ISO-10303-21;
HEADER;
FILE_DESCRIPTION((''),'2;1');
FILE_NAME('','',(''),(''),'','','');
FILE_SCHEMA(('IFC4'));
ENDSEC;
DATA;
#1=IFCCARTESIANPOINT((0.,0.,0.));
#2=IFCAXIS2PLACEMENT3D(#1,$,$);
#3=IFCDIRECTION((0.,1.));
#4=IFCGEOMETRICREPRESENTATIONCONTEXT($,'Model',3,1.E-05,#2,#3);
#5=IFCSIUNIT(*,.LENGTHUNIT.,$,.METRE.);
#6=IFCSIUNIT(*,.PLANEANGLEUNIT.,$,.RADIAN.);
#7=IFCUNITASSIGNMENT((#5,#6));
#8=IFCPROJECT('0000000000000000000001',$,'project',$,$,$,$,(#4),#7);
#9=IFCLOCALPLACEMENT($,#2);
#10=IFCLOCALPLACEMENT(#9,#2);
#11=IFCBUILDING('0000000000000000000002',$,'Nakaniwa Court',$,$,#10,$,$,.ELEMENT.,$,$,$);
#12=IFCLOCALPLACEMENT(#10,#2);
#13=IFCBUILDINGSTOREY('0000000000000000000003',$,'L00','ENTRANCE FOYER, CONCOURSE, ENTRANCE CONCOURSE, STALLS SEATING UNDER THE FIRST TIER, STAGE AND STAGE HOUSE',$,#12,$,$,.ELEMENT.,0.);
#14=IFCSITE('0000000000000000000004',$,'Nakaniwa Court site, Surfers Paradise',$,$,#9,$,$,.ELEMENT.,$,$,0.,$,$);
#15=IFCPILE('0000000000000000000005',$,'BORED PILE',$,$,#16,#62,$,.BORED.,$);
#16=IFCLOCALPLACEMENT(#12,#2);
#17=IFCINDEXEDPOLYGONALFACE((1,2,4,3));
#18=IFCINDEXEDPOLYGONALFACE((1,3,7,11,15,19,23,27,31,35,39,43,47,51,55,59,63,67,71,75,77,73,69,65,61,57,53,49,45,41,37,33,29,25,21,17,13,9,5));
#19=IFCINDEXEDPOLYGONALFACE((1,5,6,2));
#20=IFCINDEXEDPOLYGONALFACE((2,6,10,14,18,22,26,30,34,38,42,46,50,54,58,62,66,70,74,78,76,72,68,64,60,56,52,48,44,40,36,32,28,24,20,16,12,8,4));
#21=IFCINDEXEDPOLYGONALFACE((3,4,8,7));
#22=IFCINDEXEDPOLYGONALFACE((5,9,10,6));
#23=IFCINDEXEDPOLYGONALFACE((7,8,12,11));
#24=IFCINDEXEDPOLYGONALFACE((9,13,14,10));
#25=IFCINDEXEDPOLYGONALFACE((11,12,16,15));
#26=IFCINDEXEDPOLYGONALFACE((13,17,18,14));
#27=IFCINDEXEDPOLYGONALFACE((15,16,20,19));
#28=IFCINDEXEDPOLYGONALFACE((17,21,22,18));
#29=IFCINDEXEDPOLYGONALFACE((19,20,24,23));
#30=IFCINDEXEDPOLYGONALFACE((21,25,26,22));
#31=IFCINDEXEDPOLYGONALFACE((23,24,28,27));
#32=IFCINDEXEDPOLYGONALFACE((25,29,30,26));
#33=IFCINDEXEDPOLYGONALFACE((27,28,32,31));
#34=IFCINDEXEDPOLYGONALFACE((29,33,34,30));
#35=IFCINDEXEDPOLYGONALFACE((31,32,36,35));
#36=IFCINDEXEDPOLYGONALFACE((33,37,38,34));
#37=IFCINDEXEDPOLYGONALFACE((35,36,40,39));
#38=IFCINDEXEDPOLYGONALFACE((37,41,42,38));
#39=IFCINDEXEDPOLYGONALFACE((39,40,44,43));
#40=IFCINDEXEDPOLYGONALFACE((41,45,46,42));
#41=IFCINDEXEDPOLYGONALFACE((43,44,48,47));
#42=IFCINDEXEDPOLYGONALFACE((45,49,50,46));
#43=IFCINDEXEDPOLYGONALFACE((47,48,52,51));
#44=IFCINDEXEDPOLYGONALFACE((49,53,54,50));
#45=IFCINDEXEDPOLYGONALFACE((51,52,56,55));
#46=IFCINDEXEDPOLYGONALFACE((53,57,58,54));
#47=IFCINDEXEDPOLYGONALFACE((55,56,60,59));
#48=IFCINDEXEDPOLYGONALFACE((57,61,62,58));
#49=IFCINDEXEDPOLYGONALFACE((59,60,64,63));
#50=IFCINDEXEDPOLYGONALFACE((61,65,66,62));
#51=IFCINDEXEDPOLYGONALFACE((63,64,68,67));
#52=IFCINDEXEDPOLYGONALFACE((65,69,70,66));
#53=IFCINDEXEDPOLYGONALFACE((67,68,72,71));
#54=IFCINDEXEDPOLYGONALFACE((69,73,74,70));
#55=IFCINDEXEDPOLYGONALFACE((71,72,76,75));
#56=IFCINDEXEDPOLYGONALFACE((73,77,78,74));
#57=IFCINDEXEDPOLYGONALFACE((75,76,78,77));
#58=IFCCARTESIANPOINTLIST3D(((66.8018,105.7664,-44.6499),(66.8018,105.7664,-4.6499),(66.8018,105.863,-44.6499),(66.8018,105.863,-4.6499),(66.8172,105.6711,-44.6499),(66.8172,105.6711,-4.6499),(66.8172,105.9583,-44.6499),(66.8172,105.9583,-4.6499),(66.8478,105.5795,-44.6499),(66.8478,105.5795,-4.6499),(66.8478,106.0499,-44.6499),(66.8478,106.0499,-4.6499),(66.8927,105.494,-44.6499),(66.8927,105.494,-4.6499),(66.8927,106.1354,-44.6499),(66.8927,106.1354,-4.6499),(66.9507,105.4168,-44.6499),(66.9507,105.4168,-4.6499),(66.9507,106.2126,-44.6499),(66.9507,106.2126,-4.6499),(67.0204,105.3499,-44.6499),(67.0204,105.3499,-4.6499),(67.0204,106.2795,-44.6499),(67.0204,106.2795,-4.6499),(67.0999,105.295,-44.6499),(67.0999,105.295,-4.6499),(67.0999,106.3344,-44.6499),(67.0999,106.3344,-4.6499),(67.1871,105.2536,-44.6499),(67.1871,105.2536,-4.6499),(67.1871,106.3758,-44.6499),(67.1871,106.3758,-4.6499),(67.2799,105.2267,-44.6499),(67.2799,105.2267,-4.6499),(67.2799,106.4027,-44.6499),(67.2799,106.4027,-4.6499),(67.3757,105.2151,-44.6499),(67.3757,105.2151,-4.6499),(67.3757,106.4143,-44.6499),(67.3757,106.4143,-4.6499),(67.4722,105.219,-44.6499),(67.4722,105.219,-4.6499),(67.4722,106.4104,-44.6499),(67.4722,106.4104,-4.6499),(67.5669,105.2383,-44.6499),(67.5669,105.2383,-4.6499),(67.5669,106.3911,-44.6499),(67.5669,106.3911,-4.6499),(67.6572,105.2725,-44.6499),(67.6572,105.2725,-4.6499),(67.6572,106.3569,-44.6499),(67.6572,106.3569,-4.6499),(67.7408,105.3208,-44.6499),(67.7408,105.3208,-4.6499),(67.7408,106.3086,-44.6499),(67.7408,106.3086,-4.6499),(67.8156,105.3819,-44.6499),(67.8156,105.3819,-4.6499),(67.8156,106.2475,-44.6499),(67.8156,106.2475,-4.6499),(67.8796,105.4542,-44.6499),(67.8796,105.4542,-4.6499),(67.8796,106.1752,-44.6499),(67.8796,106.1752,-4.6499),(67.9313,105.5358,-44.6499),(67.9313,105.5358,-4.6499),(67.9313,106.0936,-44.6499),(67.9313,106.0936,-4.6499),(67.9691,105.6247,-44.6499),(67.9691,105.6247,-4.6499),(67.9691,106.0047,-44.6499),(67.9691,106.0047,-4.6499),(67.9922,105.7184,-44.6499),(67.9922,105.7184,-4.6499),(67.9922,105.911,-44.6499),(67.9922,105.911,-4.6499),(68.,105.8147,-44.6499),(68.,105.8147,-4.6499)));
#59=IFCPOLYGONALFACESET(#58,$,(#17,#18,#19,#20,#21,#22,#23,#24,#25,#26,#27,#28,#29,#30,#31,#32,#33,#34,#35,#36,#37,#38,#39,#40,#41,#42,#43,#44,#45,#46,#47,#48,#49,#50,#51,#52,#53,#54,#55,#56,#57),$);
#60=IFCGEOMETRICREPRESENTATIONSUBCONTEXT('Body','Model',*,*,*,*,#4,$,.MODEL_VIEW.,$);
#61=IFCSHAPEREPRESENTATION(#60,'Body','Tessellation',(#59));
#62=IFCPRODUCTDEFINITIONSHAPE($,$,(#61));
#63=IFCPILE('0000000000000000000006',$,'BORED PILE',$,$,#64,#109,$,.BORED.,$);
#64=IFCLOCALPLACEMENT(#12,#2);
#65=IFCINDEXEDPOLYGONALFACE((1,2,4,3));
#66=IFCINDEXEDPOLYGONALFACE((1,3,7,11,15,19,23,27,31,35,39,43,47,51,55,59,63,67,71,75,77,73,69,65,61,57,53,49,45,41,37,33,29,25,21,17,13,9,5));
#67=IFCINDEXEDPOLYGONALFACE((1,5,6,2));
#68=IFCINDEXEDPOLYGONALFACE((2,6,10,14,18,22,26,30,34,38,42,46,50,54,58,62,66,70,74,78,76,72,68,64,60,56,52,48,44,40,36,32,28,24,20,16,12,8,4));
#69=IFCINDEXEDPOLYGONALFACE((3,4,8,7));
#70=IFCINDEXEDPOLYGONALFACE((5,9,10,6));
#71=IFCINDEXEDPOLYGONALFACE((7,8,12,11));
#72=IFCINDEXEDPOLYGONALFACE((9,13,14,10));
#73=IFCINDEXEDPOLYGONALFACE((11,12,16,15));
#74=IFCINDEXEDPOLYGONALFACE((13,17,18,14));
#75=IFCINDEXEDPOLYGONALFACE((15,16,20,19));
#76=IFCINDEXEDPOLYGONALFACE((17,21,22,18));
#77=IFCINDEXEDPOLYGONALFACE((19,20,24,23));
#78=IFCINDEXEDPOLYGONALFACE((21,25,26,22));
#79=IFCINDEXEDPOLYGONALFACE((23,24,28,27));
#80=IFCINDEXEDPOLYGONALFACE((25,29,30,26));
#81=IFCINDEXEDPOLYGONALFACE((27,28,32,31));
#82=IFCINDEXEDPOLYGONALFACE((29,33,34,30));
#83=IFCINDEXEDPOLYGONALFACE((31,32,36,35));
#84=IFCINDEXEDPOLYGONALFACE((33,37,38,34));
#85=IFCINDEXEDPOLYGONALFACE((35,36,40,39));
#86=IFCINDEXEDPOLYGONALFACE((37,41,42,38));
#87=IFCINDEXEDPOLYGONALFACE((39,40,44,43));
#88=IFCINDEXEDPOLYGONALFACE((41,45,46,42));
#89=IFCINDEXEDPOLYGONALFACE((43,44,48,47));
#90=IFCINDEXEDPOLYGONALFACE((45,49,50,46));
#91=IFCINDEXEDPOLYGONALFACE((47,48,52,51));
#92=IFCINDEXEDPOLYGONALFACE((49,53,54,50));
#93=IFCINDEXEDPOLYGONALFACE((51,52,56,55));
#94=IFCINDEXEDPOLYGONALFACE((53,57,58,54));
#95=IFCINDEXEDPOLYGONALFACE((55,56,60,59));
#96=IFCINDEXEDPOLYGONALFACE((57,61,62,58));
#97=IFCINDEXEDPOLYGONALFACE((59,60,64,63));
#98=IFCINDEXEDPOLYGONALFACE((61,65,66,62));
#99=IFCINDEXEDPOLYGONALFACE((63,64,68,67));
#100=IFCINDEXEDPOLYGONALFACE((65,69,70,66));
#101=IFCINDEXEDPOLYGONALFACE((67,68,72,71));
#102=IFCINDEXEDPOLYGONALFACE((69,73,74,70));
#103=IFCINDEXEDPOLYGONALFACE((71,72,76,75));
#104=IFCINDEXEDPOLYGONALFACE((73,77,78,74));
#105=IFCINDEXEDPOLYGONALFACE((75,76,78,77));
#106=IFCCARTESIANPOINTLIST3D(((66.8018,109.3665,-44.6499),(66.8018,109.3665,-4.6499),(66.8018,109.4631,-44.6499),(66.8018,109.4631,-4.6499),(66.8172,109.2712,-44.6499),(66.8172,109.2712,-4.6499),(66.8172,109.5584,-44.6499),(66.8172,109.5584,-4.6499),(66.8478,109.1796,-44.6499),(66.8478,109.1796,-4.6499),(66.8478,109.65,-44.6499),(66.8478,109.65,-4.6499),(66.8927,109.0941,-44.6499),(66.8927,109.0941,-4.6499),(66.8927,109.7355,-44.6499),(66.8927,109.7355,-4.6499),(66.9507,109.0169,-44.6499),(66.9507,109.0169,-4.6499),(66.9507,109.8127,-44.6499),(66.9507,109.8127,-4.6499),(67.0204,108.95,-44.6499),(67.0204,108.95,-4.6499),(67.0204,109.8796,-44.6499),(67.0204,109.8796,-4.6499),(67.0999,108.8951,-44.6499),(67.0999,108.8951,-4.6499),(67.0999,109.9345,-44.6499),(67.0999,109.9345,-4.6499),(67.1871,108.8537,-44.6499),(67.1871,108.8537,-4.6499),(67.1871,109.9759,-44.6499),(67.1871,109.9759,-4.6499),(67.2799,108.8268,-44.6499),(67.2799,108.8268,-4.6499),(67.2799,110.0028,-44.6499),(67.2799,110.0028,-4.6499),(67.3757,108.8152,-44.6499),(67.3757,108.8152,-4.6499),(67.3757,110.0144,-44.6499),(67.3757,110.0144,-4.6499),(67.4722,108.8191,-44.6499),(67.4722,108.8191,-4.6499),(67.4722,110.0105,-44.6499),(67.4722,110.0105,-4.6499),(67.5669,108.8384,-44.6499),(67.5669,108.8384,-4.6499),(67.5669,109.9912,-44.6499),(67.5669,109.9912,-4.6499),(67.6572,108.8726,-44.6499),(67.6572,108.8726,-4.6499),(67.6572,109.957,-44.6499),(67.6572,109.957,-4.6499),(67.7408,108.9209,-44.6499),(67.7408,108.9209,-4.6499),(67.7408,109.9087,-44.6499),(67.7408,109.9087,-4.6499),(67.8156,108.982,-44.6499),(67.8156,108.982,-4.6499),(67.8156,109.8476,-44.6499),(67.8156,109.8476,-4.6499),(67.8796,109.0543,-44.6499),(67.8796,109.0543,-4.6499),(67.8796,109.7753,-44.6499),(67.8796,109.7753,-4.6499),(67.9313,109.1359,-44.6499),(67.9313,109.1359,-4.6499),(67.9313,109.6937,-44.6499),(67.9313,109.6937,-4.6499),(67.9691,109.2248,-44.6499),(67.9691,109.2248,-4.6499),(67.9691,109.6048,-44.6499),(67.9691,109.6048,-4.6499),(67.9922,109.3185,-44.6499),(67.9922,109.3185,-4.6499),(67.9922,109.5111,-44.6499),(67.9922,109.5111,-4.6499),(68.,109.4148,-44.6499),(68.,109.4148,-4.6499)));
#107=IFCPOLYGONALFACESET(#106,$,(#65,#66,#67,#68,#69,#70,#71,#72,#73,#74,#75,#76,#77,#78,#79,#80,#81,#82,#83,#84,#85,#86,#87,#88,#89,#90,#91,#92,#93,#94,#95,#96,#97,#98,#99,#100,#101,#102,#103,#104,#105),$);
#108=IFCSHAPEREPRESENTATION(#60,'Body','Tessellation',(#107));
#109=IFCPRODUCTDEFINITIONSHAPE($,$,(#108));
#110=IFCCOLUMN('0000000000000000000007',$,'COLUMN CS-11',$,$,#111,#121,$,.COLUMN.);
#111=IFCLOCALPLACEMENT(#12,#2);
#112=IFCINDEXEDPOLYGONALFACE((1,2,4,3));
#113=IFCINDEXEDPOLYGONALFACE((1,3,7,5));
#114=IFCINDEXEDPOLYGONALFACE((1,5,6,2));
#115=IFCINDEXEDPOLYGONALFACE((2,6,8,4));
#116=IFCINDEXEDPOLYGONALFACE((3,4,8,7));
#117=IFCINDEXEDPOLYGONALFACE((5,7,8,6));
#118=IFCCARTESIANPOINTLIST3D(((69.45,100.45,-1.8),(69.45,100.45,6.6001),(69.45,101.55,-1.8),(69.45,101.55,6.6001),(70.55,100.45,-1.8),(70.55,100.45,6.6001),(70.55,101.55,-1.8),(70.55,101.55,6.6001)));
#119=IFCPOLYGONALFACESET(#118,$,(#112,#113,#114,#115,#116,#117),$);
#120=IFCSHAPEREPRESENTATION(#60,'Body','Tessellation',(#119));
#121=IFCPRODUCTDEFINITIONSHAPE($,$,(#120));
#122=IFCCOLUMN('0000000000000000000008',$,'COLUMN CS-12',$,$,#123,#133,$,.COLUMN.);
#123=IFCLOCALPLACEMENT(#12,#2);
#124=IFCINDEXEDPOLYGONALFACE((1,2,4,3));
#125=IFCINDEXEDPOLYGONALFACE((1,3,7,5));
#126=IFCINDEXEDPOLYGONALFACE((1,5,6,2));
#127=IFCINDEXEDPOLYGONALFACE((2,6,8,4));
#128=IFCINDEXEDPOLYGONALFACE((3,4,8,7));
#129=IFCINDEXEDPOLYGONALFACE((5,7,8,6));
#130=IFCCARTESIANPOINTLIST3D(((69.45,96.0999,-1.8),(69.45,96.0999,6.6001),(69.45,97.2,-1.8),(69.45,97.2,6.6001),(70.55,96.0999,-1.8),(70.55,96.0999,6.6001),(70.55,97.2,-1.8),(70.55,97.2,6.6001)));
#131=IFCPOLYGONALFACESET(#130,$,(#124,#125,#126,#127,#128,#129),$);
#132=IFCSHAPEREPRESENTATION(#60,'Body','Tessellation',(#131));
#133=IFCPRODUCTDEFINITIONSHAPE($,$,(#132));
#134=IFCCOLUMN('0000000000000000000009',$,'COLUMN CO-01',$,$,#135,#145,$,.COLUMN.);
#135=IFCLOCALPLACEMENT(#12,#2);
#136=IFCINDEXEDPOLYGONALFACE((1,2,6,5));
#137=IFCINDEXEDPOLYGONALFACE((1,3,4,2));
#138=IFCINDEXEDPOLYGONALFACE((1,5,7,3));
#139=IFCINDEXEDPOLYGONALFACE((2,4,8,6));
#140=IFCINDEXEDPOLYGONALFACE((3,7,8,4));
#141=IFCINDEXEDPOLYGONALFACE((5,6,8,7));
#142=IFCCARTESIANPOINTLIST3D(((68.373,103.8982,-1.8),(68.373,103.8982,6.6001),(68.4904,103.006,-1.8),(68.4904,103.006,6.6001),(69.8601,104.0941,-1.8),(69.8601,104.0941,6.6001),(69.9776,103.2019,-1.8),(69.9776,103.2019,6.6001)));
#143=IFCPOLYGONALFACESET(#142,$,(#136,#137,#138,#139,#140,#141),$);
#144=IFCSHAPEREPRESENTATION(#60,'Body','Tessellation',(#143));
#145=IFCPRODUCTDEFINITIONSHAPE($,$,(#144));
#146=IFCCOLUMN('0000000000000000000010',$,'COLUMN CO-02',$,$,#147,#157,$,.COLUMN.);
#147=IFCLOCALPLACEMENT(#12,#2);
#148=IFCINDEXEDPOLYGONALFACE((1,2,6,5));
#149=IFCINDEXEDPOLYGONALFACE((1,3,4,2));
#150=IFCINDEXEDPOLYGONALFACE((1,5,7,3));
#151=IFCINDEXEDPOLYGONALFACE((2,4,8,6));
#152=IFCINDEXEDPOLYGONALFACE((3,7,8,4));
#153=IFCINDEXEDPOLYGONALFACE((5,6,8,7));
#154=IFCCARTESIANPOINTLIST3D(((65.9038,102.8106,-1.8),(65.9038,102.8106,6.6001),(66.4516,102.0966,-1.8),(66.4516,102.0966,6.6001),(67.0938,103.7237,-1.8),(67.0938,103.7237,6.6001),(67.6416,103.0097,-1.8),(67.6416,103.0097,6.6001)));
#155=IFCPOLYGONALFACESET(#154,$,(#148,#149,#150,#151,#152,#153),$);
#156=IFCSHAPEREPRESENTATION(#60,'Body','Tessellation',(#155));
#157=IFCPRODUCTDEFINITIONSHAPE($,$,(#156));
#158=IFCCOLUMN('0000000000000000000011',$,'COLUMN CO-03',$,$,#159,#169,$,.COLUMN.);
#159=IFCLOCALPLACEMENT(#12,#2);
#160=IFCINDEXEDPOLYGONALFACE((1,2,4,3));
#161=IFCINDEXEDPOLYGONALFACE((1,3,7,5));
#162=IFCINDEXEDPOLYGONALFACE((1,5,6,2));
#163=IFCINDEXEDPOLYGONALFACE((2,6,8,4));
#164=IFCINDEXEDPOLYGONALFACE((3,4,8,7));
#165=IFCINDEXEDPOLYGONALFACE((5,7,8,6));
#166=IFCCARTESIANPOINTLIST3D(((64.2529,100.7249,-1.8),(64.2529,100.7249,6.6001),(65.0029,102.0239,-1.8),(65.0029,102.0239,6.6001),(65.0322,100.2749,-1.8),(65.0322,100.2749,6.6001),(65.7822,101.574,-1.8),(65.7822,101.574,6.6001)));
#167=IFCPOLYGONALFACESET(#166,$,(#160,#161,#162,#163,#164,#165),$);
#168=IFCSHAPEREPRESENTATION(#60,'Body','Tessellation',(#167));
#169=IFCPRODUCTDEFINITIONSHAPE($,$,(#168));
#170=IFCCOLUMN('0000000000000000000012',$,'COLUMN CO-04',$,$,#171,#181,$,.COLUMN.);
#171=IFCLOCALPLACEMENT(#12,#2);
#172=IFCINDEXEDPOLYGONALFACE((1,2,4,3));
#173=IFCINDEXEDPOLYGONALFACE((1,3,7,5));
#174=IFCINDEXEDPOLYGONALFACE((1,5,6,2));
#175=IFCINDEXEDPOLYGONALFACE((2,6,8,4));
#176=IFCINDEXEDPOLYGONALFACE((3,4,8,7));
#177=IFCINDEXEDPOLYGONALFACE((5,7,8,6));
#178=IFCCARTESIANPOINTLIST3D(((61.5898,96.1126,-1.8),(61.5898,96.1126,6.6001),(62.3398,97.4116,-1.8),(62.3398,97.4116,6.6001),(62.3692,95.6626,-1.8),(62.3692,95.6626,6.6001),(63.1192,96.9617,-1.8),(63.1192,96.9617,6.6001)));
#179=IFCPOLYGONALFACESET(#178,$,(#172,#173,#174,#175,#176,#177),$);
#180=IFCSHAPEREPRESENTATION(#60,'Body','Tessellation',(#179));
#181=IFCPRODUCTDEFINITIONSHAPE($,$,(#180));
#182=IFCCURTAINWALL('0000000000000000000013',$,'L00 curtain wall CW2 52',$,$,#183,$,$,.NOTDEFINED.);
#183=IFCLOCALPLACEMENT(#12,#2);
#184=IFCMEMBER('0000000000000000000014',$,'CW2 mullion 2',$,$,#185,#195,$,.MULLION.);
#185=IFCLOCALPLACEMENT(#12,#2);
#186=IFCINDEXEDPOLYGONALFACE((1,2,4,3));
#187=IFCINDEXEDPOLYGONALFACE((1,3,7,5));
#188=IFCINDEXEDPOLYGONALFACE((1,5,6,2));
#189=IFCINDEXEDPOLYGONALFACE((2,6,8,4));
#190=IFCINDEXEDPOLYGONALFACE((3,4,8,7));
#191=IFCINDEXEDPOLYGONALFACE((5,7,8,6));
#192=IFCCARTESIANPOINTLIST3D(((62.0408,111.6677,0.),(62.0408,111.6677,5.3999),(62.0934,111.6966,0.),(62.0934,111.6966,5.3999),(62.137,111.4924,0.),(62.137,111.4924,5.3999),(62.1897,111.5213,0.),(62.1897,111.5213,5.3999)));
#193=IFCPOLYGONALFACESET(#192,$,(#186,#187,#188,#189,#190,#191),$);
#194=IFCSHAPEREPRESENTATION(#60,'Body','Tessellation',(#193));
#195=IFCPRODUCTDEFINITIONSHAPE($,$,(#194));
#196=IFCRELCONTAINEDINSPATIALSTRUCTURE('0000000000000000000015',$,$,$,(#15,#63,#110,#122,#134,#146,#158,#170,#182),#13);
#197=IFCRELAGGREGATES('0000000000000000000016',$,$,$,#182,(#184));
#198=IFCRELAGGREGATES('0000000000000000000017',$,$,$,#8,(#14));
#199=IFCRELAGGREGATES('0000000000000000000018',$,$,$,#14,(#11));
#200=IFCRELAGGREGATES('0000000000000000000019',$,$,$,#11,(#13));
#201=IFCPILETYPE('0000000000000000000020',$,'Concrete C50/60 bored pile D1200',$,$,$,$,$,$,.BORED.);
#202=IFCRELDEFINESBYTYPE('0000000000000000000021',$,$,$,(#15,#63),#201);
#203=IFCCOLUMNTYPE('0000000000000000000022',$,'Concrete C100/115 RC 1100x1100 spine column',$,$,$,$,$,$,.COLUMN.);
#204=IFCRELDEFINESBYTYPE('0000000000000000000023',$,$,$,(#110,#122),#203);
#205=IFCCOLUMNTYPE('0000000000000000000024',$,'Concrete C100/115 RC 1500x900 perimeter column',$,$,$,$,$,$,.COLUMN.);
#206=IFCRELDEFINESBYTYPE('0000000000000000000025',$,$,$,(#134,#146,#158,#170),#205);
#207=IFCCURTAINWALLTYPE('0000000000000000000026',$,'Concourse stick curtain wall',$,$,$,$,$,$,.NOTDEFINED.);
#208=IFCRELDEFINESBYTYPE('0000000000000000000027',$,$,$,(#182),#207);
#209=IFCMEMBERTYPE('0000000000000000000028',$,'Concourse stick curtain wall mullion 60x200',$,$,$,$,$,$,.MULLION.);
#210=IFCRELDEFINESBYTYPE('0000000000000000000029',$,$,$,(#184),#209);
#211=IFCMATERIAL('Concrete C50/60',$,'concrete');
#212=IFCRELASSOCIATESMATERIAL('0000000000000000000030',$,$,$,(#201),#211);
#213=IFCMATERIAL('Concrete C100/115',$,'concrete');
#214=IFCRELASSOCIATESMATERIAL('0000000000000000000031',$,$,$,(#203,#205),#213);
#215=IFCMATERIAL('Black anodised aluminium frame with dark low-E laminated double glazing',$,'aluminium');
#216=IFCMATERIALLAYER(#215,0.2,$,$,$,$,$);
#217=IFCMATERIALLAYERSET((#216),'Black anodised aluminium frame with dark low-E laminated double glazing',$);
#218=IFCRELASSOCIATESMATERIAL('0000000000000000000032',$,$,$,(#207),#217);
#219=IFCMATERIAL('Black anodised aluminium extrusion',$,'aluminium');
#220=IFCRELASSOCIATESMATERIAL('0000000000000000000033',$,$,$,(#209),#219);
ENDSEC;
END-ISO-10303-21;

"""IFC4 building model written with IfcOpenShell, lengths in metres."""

from ifc_helpers import new_model, si_unit, direction, frame, origin, origin_2d, place, context, subcontext, project, spatial, rectangle, circle, extrude, material, layer, layer_set, material_profile, profile_set, type_object, element, aggregate, save


model = new_model("IFC4")

# Units and contexts
model_context = context("Model", 3, precision=1e-05, world=origin(), true_north=direction((0.0, 1.0)))
body_context = subcontext(model_context, "Body", "Model", "MODEL_VIEW")
ifc_project = project(units=[si_unit("LENGTHUNIT", "METRE"), si_unit("PLANEANGLEUNIT", "RADIAN")], contexts=[model_context])

# Site, building, storey
site_placement = place(None, origin())
site = spatial("IfcSite", under=ifc_project, at=site_placement, Name="Nakaniwa Court site, Surfers Paradise", CompositionType="ELEMENT", RefElevation=0.0)
building_placement = place(site_placement, origin())
building = spatial("IfcBuilding", under=site, at=building_placement, Name="Nakaniwa Court", CompositionType="ELEMENT")
storey_placement = place(building_placement, origin())
storey = spatial("IfcBuildingStorey", under=building, at=storey_placement, Name="L00", Description="ENTRANCE FOYER, CONCOURSE, ENTRANCE CONCOURSE, STALLS SEATING UNDER THE FIRST TIER, STAGE AND STAGE HOUSE", CompositionType="ELEMENT", Elevation=0.0)

# Piles
ifc_material_1 = material(Name="Concrete C50/60", Category="concrete")
ifc_material_profile_1 = material_profile(ifc_material_1, circle(Radius=0.6001, at=origin_2d()), Name="Concrete C50/60 bored pile D1200")
ifc_profile_set_1 = profile_set([ifc_material_profile_1], Name="Concrete C50/60")
pile_type = type_object("IfcPileType", Name="Concrete C50/60 bored pile D1200", PredefinedType="BORED", material=ifc_profile_set_1)
for number, where, z_axis, x_axis, name in (
    (1, (67.3999, 105.8147, -4.6499), (0.0, 0.0, -1.0), (1.0, 0.0, 0.0), "BORED PILE"),
    (2, (67.3999, 109.4148, -4.6499), (0.0, 0.0, -1.0), (1.0, 0.0, 0.0), "BORED PILE"),
):
    element("IfcPile", number, at=place(storey_placement, frame(where, z_axis=z_axis, x_axis=x_axis)), inside=storey, type_object=pile_type, Name=name, PredefinedType="BORED", context=body_context, shape_type="SweptSolid", body=[
        extrude(circle(Radius=0.6001, at=origin_2d()), origin(), (0.0, 0.0, 1.0), 40.0),
    ])

# Columns
ifc_material_2 = material(Name="Concrete C100/115", Category="concrete")
ifc_material_profile_2 = material_profile(ifc_material_2, rectangle(XDim=1.1001, YDim=1.1001, at=origin_2d()), Name="Concrete C100/115 RC 1100x1100 spine column")
ifc_profile_set_2 = profile_set([ifc_material_profile_2], Name="Concrete C100/115")
column_type_1 = type_object("IfcColumnType", Name="Concrete C100/115 RC 1100x1100 spine column", PredefinedType="COLUMN", material=ifc_profile_set_2)
for number, where, z_axis, x_axis, name in (
    (3, (70.0, 101.0, -1.8), (0.0, 0.0, 1.0), (0.0, -1.0, 0.0), "COLUMN CS-11"),
    (4, (70.0, 96.6499, -1.8), (0.0, 0.0, 1.0), (0.0, -1.0, 0.0), "COLUMN CS-12"),
):
    element("IfcColumn", number, at=place(storey_placement, frame(where, z_axis=z_axis, x_axis=x_axis)), inside=storey, type_object=column_type_1, Name=name, PredefinedType="COLUMN", context=body_context, shape_type="SweptSolid", body=[
        extrude(rectangle(XDim=1.1001, YDim=1.1001, at=origin_2d()), origin(), (0.0, 0.0, 1.0), 8.4001),
    ])
ifc_material_profile_3 = material_profile(ifc_material_2, rectangle(XDim=1.5, YDim=0.8999, at=origin_2d()), Name="Concrete C100/115 RC 1500x900 perimeter column")
ifc_profile_set_3 = profile_set([ifc_material_profile_3], Name="Concrete C100/115")
column_type_2 = type_object("IfcColumnType", Name="Concrete C100/115 RC 1500x900 perimeter column", PredefinedType="COLUMN", material=ifc_profile_set_3)
for number, where, z_axis, x_axis, name in (
    (5, (69.1753, 103.55, -1.8), (0.0, 0.0, 1.0), (-0.991443, -0.130543, 0.0), "COLUMN CO-01"),
    (6, (66.7727, 102.9102, -1.8), (0.0, 0.0, 1.0), (-0.793364, -0.608748, 0.0), "COLUMN CO-02"),
    (7, (65.0176, 101.1494, -1.8), (0.0, 0.0, 1.0), (-0.5, -0.866025, 0.0), "COLUMN CO-03"),
    (8, (62.3545, 96.5371, -1.8), (0.0, 0.0, 1.0), (-0.5, -0.866025, 0.0), "COLUMN CO-04"),
):
    element("IfcColumn", number, at=place(storey_placement, frame(where, z_axis=z_axis, x_axis=x_axis)), inside=storey, type_object=column_type_2, Name=name, PredefinedType="COLUMN", context=body_context, shape_type="SweptSolid", body=[
        extrude(rectangle(XDim=1.5, YDim=0.8999, at=origin_2d()), origin(), (0.0, 0.0, 1.0), 8.4001),
    ])

# Curtain wall, member
ifc_material_3 = material(Name="Black anodised aluminium frame with dark low-E laminated double glazing", Category="aluminium")
ifc_layer_1 = layer(ifc_material_3, 0.2)
ifc_layer_set_1 = layer_set([ifc_layer_1], Name="Black anodised aluminium frame with dark low-E laminated double glazing")
curtain_wall_type = type_object("IfcCurtainWallType", Name="Concourse stick curtain wall", PredefinedType="NOTDEFINED", material=ifc_layer_set_1)
curtain_wall_placement = place(storey_placement, origin())
curtain_wall = element("IfcCurtainWall", 9, at=curtain_wall_placement, inside=storey, type_object=curtain_wall_type, Name="L00 curtain wall CW2 52", PredefinedType="NOTDEFINED")
ifc_material_4 = material(Name="Black anodised aluminium extrusion", Category="aluminium")
ifc_material_profile_4 = material_profile(ifc_material_4, rectangle(XDim=0.2, YDim=0.0601, at=origin_2d()), Name="Concourse stick curtain wall mullion 60x200")
ifc_profile_set_4 = profile_set([ifc_material_profile_4], Name="Black anodised aluminium extrusion")
member_type_1 = type_object("IfcMemberType", Name="Concourse stick curtain wall mullion 60x200", PredefinedType="MULLION", material=ifc_profile_set_4)
member_1_placement = place(storey_placement, frame((62.1152, 111.5945, 0.0), z_axis=(0.0, 0.0, 1.0), x_axis=(0.481424, -0.876488, 0.0)))
member_1 = element("IfcMember", 10, at=member_1_placement, type_object=member_type_1, Name="CW2 mullion 2", PredefinedType="MULLION", context=body_context, shape_type="SweptSolid", body=[
    extrude(rectangle(XDim=0.2, YDim=0.0601, at=origin_2d()), origin(), (0.0, 0.0, 1.0), 5.3999),
])
aggregate(curtain_wall, [member_1])

save(model, "model.ifc")
